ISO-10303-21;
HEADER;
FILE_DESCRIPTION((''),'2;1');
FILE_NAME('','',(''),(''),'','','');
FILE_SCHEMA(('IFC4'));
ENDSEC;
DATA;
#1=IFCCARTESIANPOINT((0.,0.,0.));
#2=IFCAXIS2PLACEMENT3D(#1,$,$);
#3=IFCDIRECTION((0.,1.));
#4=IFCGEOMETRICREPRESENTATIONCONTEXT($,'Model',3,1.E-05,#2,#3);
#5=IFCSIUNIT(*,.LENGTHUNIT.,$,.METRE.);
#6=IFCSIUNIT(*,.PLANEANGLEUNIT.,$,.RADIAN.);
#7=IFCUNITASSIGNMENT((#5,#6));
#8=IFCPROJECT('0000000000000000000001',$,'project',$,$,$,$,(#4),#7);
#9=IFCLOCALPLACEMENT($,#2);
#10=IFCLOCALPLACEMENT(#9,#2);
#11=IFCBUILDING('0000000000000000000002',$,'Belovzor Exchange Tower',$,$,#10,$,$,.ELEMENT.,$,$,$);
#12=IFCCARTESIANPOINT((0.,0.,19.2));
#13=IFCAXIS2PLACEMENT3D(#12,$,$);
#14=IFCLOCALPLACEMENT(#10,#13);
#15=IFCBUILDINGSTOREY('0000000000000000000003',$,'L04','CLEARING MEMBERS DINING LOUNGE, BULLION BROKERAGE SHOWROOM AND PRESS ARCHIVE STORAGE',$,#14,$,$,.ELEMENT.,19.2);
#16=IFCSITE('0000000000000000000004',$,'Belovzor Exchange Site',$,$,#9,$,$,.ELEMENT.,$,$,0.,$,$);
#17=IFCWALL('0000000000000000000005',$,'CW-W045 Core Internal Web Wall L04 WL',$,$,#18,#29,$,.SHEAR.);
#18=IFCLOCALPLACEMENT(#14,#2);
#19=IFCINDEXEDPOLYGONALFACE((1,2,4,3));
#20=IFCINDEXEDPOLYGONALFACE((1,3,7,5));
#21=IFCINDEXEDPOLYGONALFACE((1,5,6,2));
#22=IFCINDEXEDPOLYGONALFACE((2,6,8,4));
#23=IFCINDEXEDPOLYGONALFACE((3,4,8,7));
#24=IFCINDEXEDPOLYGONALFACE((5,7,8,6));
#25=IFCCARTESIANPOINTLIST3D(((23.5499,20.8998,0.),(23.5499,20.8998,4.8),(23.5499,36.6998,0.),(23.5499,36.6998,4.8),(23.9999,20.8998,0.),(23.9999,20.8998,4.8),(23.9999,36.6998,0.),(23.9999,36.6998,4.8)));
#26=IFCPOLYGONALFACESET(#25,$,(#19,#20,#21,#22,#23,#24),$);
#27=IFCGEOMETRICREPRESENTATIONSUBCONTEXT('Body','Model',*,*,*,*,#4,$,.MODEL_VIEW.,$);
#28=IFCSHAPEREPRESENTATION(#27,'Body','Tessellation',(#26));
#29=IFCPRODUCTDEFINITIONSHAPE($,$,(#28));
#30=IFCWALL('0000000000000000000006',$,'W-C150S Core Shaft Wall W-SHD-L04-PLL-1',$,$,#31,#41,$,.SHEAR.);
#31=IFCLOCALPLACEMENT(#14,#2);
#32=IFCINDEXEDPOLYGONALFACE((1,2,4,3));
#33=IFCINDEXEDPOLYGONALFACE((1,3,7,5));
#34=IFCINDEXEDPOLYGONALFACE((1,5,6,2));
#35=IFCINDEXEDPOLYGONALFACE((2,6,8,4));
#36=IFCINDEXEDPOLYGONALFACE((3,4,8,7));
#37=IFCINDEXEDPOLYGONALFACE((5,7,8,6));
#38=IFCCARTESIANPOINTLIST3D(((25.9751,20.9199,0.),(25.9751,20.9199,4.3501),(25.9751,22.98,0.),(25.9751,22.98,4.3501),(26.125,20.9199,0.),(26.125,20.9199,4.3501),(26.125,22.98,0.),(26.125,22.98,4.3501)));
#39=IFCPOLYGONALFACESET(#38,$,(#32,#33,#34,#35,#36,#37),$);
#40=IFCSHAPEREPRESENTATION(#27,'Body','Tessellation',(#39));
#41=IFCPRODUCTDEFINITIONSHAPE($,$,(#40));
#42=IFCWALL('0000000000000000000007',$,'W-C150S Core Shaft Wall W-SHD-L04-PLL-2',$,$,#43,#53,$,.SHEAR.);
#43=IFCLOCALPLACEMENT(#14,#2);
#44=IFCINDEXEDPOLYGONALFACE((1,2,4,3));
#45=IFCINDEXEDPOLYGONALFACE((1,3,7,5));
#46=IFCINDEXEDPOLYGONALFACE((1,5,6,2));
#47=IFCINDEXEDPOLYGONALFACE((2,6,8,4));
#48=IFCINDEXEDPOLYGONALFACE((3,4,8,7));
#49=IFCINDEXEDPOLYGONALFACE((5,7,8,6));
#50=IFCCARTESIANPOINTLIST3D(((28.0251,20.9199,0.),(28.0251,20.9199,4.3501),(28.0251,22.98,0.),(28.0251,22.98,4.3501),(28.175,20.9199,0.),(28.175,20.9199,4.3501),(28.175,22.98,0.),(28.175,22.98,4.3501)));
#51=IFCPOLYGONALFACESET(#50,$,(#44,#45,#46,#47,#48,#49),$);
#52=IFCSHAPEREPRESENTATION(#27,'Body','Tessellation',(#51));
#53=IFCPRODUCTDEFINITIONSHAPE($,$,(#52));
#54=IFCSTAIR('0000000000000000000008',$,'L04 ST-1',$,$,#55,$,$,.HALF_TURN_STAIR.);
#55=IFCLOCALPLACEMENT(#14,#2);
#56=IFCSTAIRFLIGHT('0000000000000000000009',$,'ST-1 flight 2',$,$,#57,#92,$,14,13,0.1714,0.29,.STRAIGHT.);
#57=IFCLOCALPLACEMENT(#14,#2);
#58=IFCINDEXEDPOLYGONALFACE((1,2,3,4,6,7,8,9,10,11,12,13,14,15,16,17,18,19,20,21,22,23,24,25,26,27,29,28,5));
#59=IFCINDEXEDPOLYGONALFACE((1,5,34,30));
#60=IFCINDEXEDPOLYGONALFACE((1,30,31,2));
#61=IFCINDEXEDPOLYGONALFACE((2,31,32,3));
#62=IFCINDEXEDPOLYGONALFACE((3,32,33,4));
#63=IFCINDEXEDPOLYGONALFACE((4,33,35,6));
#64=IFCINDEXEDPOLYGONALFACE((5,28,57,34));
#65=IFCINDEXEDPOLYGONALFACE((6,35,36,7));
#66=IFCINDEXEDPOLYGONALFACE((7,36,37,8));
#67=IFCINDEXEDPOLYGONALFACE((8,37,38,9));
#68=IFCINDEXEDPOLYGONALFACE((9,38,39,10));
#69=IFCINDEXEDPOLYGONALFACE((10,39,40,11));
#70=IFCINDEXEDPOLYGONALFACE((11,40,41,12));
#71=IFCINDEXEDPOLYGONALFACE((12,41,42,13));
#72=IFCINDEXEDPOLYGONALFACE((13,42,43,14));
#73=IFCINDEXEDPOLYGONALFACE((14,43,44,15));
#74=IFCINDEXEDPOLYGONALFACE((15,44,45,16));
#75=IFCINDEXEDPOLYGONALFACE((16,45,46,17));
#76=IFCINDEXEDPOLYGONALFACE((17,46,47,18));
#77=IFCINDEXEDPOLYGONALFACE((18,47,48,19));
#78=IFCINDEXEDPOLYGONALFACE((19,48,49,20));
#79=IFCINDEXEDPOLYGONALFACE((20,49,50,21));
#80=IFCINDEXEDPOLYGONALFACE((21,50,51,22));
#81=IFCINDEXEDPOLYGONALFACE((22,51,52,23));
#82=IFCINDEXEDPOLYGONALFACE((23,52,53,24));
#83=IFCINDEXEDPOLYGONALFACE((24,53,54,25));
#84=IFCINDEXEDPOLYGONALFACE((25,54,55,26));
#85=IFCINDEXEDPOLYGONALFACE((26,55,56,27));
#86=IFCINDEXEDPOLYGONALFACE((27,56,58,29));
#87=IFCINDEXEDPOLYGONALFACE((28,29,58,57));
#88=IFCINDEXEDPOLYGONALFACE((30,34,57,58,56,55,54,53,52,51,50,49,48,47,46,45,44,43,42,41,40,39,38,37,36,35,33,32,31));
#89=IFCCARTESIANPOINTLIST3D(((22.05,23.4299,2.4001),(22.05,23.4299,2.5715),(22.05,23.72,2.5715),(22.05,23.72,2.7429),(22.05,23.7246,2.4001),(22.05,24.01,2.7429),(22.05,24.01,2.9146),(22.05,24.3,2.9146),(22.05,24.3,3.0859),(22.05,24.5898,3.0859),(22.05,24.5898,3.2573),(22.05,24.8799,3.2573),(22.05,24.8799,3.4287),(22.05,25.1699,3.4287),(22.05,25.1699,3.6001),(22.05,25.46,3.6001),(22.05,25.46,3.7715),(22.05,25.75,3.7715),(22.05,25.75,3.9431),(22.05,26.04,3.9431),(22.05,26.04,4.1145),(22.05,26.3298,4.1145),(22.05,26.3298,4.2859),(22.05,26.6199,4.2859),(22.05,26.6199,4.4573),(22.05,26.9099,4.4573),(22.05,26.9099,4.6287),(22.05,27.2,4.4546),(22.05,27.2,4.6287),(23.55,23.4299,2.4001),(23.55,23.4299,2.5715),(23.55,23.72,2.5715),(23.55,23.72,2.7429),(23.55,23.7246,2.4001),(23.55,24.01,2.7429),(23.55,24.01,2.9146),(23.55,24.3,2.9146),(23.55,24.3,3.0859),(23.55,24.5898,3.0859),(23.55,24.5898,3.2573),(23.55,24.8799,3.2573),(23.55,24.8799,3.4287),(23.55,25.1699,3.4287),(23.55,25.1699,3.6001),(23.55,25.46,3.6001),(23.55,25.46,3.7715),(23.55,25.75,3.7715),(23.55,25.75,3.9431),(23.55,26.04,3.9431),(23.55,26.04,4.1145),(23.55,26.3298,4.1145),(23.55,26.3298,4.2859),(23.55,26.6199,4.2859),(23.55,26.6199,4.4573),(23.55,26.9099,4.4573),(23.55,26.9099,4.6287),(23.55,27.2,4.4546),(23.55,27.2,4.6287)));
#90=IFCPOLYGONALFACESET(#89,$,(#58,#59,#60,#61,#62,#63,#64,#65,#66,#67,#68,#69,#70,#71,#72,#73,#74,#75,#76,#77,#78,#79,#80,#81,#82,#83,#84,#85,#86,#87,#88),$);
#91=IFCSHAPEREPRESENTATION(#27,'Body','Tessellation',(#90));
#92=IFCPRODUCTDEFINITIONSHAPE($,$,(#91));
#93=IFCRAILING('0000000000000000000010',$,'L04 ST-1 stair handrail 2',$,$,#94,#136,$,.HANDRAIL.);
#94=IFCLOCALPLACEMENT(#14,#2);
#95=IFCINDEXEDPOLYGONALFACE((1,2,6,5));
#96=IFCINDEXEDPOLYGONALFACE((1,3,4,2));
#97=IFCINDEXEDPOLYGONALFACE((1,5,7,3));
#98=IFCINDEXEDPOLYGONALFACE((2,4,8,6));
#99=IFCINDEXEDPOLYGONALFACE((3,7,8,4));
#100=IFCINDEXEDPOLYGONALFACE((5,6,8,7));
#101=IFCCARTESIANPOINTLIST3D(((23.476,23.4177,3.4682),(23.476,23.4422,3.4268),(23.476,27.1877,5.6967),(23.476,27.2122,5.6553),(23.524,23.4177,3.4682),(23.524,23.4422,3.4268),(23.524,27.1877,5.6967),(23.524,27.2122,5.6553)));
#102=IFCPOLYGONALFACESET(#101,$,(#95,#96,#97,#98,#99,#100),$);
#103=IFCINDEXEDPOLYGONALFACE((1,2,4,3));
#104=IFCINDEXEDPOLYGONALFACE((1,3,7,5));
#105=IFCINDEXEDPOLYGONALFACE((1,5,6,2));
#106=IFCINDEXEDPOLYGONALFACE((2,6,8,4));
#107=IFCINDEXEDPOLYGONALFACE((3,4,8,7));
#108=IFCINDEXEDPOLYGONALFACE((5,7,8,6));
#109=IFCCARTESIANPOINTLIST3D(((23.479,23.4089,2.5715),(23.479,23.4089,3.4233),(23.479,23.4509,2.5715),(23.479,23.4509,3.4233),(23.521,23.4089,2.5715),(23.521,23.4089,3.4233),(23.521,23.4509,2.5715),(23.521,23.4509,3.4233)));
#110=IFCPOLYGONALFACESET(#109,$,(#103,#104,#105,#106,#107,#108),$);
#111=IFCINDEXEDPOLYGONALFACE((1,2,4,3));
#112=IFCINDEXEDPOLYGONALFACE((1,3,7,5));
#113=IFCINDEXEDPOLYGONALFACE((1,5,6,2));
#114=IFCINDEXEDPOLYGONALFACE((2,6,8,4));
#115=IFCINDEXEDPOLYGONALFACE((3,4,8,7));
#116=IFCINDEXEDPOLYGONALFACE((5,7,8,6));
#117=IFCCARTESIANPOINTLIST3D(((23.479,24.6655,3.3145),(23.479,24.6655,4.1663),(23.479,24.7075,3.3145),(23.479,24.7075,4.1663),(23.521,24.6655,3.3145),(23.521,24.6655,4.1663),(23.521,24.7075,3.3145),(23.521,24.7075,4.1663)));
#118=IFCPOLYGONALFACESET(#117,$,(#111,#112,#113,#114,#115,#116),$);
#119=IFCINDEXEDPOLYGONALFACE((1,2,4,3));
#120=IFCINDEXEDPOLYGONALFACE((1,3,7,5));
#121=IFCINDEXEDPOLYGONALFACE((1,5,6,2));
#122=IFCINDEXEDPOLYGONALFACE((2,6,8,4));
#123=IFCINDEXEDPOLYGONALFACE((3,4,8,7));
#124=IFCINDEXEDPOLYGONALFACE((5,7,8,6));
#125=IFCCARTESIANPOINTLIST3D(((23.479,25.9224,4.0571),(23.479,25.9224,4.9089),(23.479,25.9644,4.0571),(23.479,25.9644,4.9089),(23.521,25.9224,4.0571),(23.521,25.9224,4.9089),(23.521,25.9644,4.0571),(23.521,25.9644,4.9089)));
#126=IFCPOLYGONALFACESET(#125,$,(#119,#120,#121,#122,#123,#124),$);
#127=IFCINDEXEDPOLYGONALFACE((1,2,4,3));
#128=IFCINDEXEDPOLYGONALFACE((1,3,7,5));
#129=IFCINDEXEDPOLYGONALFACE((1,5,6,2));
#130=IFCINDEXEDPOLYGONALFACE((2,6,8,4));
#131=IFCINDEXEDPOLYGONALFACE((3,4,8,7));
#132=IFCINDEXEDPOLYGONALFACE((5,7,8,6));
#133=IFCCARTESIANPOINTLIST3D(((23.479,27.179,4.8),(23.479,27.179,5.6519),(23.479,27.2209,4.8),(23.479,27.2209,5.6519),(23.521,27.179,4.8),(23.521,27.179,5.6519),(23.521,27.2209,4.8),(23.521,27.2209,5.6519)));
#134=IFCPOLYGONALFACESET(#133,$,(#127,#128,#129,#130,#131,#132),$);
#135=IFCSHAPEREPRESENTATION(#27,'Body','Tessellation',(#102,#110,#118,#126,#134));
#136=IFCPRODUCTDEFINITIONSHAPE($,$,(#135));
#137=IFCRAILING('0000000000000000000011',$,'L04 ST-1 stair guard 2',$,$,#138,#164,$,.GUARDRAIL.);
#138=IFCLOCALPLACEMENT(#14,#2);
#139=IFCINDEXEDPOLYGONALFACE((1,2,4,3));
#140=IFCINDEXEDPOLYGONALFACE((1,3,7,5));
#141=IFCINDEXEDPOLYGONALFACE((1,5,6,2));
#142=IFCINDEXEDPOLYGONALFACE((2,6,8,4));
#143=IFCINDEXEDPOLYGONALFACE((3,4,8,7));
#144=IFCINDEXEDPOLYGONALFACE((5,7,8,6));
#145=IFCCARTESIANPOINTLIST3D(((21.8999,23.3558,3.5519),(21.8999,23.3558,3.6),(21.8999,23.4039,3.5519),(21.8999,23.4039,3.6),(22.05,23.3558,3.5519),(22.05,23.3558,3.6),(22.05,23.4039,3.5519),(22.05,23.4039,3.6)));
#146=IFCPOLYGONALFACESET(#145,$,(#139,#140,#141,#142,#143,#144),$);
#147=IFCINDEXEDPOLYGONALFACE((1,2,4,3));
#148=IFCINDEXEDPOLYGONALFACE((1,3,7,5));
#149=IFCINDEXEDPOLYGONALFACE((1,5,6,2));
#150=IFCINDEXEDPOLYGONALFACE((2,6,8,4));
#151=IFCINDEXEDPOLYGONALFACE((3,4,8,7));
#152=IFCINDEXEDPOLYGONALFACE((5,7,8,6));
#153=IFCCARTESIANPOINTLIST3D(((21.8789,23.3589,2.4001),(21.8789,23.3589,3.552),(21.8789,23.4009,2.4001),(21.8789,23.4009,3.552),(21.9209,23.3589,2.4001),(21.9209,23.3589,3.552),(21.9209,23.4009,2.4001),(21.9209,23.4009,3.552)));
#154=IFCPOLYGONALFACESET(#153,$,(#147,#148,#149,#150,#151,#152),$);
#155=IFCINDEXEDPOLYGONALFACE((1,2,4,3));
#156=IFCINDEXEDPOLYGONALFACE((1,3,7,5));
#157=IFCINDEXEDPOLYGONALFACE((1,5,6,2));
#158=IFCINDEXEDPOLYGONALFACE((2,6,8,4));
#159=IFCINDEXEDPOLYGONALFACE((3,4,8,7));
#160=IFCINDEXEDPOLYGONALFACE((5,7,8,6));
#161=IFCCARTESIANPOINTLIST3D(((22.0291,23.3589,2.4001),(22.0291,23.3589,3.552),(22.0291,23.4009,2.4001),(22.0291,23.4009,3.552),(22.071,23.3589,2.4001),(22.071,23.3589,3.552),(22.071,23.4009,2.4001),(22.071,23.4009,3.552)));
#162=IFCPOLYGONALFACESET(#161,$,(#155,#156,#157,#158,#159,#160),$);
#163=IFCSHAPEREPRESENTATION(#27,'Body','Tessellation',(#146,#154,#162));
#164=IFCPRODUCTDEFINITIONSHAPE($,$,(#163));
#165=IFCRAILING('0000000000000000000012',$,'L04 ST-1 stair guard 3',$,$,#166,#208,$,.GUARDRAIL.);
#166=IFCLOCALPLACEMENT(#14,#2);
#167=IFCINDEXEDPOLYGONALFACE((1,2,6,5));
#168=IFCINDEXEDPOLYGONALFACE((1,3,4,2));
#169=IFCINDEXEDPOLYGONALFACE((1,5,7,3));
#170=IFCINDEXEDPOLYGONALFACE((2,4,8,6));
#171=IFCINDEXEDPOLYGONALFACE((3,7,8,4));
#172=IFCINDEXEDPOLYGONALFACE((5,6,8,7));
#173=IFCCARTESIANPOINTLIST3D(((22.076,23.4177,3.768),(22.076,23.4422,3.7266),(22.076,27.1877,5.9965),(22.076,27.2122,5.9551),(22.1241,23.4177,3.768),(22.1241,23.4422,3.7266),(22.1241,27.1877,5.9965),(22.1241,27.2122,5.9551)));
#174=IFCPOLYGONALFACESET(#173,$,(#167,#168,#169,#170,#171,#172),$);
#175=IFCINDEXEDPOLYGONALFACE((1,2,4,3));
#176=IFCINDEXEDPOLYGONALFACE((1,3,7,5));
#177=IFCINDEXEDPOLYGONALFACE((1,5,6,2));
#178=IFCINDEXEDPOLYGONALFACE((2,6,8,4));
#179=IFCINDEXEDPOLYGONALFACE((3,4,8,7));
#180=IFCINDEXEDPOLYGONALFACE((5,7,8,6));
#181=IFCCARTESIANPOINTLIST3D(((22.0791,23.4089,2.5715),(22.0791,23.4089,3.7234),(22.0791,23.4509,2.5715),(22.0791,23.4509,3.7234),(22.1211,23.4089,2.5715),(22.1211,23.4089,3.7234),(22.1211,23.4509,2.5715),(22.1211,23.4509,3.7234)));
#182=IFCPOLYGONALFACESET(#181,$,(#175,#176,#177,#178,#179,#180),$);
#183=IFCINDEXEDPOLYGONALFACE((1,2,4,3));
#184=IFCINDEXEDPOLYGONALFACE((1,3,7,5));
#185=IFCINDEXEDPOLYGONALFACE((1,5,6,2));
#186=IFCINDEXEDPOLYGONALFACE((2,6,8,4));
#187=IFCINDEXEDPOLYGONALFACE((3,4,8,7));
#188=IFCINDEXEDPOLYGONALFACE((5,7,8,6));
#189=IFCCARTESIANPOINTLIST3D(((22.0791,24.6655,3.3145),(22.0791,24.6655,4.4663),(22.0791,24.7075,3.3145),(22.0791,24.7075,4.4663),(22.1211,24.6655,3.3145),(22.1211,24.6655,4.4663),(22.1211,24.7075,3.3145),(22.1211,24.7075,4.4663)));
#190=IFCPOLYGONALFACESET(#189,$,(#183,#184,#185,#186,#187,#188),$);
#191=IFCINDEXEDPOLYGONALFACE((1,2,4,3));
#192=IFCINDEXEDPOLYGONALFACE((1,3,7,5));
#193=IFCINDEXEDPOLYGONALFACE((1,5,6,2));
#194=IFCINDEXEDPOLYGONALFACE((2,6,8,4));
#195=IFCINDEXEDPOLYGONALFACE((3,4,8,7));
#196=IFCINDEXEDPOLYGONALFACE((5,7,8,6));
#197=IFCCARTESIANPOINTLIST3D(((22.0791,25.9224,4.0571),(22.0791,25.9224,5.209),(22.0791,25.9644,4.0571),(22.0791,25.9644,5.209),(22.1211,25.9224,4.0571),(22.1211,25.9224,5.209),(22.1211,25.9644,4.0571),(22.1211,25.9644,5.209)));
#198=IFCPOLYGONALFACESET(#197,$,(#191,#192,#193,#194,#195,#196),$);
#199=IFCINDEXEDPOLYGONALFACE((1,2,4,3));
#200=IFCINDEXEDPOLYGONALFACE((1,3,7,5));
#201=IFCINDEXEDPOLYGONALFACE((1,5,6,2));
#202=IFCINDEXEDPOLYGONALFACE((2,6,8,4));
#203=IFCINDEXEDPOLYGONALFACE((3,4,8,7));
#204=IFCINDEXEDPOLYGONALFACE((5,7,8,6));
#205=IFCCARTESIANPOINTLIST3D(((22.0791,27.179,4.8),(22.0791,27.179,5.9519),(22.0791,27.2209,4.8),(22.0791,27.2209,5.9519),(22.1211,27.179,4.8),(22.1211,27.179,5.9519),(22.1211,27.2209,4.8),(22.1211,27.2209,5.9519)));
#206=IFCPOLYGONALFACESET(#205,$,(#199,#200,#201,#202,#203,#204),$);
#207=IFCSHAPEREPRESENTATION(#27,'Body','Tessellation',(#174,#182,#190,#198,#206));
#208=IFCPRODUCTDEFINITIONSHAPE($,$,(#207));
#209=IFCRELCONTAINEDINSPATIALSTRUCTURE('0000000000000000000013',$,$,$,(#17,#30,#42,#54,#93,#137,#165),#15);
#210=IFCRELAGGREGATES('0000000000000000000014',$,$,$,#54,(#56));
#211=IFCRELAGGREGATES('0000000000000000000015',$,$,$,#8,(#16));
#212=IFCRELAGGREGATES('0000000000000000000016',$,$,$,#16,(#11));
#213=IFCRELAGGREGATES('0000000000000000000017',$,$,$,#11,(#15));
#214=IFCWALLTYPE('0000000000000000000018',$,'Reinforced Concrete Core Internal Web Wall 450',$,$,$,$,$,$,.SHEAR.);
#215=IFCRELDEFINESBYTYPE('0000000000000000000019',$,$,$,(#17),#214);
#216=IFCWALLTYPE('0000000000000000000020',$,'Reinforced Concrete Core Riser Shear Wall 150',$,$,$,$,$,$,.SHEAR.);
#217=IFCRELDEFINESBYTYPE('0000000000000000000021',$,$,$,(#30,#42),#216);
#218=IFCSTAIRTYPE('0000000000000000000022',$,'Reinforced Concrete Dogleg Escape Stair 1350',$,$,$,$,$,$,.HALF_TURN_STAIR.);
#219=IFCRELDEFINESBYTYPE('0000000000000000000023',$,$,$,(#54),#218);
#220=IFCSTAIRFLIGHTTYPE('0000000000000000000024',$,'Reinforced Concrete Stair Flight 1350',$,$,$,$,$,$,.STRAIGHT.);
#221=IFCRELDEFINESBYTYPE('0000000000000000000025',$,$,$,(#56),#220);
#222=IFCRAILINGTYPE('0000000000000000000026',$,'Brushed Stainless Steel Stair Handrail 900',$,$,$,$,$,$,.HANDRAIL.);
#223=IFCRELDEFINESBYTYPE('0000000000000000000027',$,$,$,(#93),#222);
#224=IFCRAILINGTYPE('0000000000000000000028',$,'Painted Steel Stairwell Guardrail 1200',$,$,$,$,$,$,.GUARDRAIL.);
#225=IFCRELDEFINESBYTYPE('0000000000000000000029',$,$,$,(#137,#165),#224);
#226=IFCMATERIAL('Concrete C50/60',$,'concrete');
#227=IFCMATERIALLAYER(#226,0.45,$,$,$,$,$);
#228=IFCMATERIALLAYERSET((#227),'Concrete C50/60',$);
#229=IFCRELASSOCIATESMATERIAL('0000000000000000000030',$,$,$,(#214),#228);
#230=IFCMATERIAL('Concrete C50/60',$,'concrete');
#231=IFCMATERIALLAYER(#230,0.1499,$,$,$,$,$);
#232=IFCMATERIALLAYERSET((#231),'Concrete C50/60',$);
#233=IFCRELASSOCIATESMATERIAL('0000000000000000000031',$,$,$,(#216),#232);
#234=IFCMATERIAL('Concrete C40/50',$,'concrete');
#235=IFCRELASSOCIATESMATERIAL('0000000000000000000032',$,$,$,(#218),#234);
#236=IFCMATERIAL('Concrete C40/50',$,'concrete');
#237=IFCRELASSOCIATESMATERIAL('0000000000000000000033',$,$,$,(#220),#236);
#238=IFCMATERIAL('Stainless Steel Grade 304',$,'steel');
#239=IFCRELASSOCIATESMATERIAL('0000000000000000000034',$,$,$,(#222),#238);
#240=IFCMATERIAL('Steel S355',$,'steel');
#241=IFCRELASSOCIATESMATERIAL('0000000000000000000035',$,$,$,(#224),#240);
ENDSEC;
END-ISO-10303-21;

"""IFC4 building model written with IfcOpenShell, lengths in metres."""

from ifc_helpers import new_model, si_unit, direction, frame, frame_2d, origin, origin_2d, place, context, subcontext, project, spatial, polyline, rectangle, outline, extrude, material, layer, layer_set, type_object, element, aggregate, save


model = new_model("IFC4")

# Units and contexts
model_context = context("Model", 3, precision=1e-05, world=origin(), true_north=direction((0.0, 1.0)))
body_context = subcontext(model_context, "Body", "Model", "MODEL_VIEW")
ifc_project = project(units=[si_unit("LENGTHUNIT", "METRE"), si_unit("PLANEANGLEUNIT", "RADIAN")], contexts=[model_context])

# Site, building, storey
site_placement = place(None, origin())
site = spatial("IfcSite", under=ifc_project, at=site_placement, Name="Belovzor Exchange Site", CompositionType="ELEMENT", RefElevation=0.0)
building_placement = place(site_placement, origin())
building = spatial("IfcBuilding", under=site, at=building_placement, Name="Belovzor Exchange Tower", CompositionType="ELEMENT")
storey_placement = place(building_placement, frame((0.0, 0.0, 19.2)))
storey = spatial("IfcBuildingStorey", under=building, at=storey_placement, Name="L04", Description="CLEARING MEMBERS DINING LOUNGE, BULLION BROKERAGE SHOWROOM AND PRESS ARCHIVE STORAGE", CompositionType="ELEMENT", Elevation=19.2)

# Walls
ifc_material_1 = material(Name="Concrete C50/60", Category="concrete")
ifc_layer_1 = layer(ifc_material_1, 0.45)
ifc_layer_set_1 = layer_set([ifc_layer_1], Name="Concrete C50/60")
wall_type_1 = type_object("IfcWallType", Name="Reinforced Concrete Core Internal Web Wall 450", PredefinedType="SHEAR", material=ifc_layer_set_1)
wall_1_placement = place(storey_placement, frame((23.7749, 20.8999, 0.0), z_axis=(0.0, 0.0, 1.0), x_axis=(0.0, 1.0, 0.0)))
element("IfcWall", 1, at=wall_1_placement, inside=storey, type_object=wall_type_1, Name="CW-W045 Core Internal Web Wall L04 WL", PredefinedType="SHEAR", context=body_context, shape_type="SweptSolid", body=[
    extrude(rectangle(XDim=15.8, YDim=0.45, at=frame_2d((7.8999, 0.0))), origin(), (0.0, 0.0, 1.0), 4.8),
])
ifc_material_2 = material(Name="Concrete C50/60", Category="concrete")
ifc_layer_2 = layer(ifc_material_2, 0.1499)
ifc_layer_set_2 = layer_set([ifc_layer_2], Name="Concrete C50/60")
wall_type_2 = type_object("IfcWallType", Name="Reinforced Concrete Core Riser Shear Wall 150", PredefinedType="SHEAR", material=ifc_layer_set_2)
for number, where, z_axis, x_axis, name in (
    (2, (26.05, 20.9199, 0.0), (0.0, 0.0, 1.0), (0.0, 1.0, 0.0), "W-C150S Core Shaft Wall W-SHD-L04-PLL-1"),
    (3, (28.1001, 20.9199, 0.0), (0.0, 0.0, 1.0), (0.0, 1.0, 0.0), "W-C150S Core Shaft Wall W-SHD-L04-PLL-2"),
):
    element("IfcWall", number, at=place(storey_placement, frame(where, z_axis=z_axis, x_axis=x_axis)), inside=storey, type_object=wall_type_2, Name=name, PredefinedType="SHEAR", context=body_context, shape_type="SweptSolid", body=[
        extrude(rectangle(XDim=2.0601, YDim=0.1499, at=frame_2d((1.03, 0.0))), origin(), (0.0, 0.0, 1.0), 4.3501),
    ])

# Stair, stair flight
ifc_material_3 = material(Name="Concrete C40/50", Category="concrete")
stair_type = type_object("IfcStairType", Name="Reinforced Concrete Dogleg Escape Stair 1350", PredefinedType="HALF_TURN_STAIR", material=ifc_material_3)
stair_placement = place(storey_placement, origin())
stair = element("IfcStair", 4, at=stair_placement, inside=storey, type_object=stair_type, Name="L04 ST-1", PredefinedType="HALF_TURN_STAIR")
ifc_material_4 = material(Name="Concrete C40/50", Category="concrete")
stair_flight_type = type_object("IfcStairFlightType", Name="Reinforced Concrete Stair Flight 1350", PredefinedType="STRAIGHT", material=ifc_material_4)
stair_flight_placement = place(storey_placement, frame((22.8, 23.4299, 2.4001), z_axis=(0.0, 0.0, 1.0), x_axis=(0.0, 1.0, 0.0)))
stair_flight = element("IfcStairFlight", 5, at=stair_flight_placement, type_object=stair_flight_type, Name="ST-1 flight 2", NumberOfRisers=14, NumberOfTreads=13, PredefinedType="STRAIGHT", RiserHeight=0.1714, TreadLength=0.29, context=body_context, shape_type="SweptSolid", body=[
    extrude(outline(polyline([(0.0, 0.0), (0.0, 0.1714), (0.29, 0.1714), (0.29, 0.3428), (0.5801, 0.3428), (0.5801, 0.5144), (0.8701, 0.5144), (0.8701, 0.6858), (1.1599, 0.6858), (1.1599, 0.8572), (1.45, 0.8572), (1.45, 1.0286), (1.74, 1.0286), (1.74, 1.2), (2.03, 1.2), (2.03, 1.3713), (2.3201, 1.3713), (2.3201, 1.543), (2.6101, 1.543), (2.6101, 1.7144), (2.8999, 1.7144), (2.8999, 1.8857), (3.1899, 1.8857), (3.1899, 2.0571), (3.48, 2.0571), (3.48, 2.2285), (3.77, 2.2285), (3.77, 2.3999), (3.77, 2.0544), (0.2947, 0.0), (0.0, 0.0)])), frame((0.0, 0.75, 0.0), z_axis=(0.0, -1.0, 0.0), x_axis=(1.0, 0.0, 0.0)), (0.0, 0.0, 1.0), 1.5),
])
aggregate(stair, [stair_flight])

# Railings
ifc_material_5 = material(Name="Stainless Steel Grade 304", Category="steel")
railing_type_1 = type_object("IfcRailingType", Name="Brushed Stainless Steel Stair Handrail 900", PredefinedType="HANDRAIL", material=ifc_material_5)
railing_1_placement = place(storey_placement, frame((23.5, 23.4299, 2.5715)))
element("IfcRailing", 6, at=railing_1_placement, inside=storey, type_object=railing_type_1, Name="L04 ST-1 stair handrail 2", PredefinedType="HANDRAIL", context=body_context, shape_type="SweptSolid", body=[
    extrude(rectangle(XDim=0.0481, YDim=0.0481, at=origin_2d()), frame((0.0, 0.0, 0.876), z_axis=(0.0, 0.860849, 0.508861), x_axis=(-1.0, 0.0, 0.0)), (0.0, 0.0, 1.0), 4.3794),
    extrude(rectangle(XDim=0.042, YDim=0.042, at=origin_2d()), origin(), (0.0, 0.0, 1.0), 0.8518),
    extrude(rectangle(XDim=0.042, YDim=0.042, at=origin_2d()), frame((0.0, 1.2566, 0.7429)), (0.0, 0.0, 1.0), 0.8518),
    extrude(rectangle(XDim=0.042, YDim=0.042, at=origin_2d()), frame((0.0, 2.5134, 1.4856)), (0.0, 0.0, 1.0), 0.8518),
    extrude(rectangle(XDim=0.042, YDim=0.042, at=origin_2d()), frame((0.0, 3.77, 2.2285)), (0.0, 0.0, 1.0), 0.8518),
])
ifc_material_6 = material(Name="Steel S355", Category="steel")
railing_type_2 = type_object("IfcRailingType", Name="Painted Steel Stairwell Guardrail 1200", PredefinedType="GUARDRAIL", material=ifc_material_6)
railing_2_placement = place(storey_placement, frame((21.8999, 23.3799, 2.4001)))
element("IfcRailing", 7, at=railing_2_placement, inside=storey, type_object=railing_type_2, Name="L04 ST-1 stair guard 2", PredefinedType="GUARDRAIL", context=body_context, shape_type="SweptSolid", body=[
    extrude(rectangle(XDim=0.0481, YDim=0.0481, at=origin_2d()), frame((0.0, 0.0, 1.1758), z_axis=(1.0, 0.0, 0.0), x_axis=(0.0, 1.0, 0.0)), (0.0, 0.0, 1.0), 0.1501),
    extrude(rectangle(XDim=0.042, YDim=0.042, at=origin_2d()), origin(), (0.0, 0.0, 1.0), 1.1519),
    extrude(rectangle(XDim=0.042, YDim=0.042, at=origin_2d()), frame((0.1501, 0.0, 0.0)), (0.0, 0.0, 1.0), 1.1519),
])
railing_3_placement = place(storey_placement, frame((22.1001, 23.4299, 2.5715)))
element("IfcRailing", 8, at=railing_3_placement, inside=storey, type_object=railing_type_2, Name="L04 ST-1 stair guard 3", PredefinedType="GUARDRAIL", context=body_context, shape_type="SweptSolid", body=[
    extrude(rectangle(XDim=0.0481, YDim=0.0481, at=origin_2d()), frame((0.0, 0.0, 1.1758), z_axis=(0.0, 0.860849, 0.508861), x_axis=(-1.0, 0.0, 0.0)), (0.0, 0.0, 1.0), 4.3794),
    extrude(rectangle(XDim=0.042, YDim=0.042, at=origin_2d()), origin(), (0.0, 0.0, 1.0), 1.1519),
    extrude(rectangle(XDim=0.042, YDim=0.042, at=origin_2d()), frame((0.0, 1.2566, 0.7429)), (0.0, 0.0, 1.0), 1.1519),
    extrude(rectangle(XDim=0.042, YDim=0.042, at=origin_2d()), frame((0.0, 2.5134, 1.4856)), (0.0, 0.0, 1.0), 1.1519),
    extrude(rectangle(XDim=0.042, YDim=0.042, at=origin_2d()), frame((0.0, 3.77, 2.2285)), (0.0, 0.0, 1.0), 1.1519),
])

save(model, "model.ifc")
